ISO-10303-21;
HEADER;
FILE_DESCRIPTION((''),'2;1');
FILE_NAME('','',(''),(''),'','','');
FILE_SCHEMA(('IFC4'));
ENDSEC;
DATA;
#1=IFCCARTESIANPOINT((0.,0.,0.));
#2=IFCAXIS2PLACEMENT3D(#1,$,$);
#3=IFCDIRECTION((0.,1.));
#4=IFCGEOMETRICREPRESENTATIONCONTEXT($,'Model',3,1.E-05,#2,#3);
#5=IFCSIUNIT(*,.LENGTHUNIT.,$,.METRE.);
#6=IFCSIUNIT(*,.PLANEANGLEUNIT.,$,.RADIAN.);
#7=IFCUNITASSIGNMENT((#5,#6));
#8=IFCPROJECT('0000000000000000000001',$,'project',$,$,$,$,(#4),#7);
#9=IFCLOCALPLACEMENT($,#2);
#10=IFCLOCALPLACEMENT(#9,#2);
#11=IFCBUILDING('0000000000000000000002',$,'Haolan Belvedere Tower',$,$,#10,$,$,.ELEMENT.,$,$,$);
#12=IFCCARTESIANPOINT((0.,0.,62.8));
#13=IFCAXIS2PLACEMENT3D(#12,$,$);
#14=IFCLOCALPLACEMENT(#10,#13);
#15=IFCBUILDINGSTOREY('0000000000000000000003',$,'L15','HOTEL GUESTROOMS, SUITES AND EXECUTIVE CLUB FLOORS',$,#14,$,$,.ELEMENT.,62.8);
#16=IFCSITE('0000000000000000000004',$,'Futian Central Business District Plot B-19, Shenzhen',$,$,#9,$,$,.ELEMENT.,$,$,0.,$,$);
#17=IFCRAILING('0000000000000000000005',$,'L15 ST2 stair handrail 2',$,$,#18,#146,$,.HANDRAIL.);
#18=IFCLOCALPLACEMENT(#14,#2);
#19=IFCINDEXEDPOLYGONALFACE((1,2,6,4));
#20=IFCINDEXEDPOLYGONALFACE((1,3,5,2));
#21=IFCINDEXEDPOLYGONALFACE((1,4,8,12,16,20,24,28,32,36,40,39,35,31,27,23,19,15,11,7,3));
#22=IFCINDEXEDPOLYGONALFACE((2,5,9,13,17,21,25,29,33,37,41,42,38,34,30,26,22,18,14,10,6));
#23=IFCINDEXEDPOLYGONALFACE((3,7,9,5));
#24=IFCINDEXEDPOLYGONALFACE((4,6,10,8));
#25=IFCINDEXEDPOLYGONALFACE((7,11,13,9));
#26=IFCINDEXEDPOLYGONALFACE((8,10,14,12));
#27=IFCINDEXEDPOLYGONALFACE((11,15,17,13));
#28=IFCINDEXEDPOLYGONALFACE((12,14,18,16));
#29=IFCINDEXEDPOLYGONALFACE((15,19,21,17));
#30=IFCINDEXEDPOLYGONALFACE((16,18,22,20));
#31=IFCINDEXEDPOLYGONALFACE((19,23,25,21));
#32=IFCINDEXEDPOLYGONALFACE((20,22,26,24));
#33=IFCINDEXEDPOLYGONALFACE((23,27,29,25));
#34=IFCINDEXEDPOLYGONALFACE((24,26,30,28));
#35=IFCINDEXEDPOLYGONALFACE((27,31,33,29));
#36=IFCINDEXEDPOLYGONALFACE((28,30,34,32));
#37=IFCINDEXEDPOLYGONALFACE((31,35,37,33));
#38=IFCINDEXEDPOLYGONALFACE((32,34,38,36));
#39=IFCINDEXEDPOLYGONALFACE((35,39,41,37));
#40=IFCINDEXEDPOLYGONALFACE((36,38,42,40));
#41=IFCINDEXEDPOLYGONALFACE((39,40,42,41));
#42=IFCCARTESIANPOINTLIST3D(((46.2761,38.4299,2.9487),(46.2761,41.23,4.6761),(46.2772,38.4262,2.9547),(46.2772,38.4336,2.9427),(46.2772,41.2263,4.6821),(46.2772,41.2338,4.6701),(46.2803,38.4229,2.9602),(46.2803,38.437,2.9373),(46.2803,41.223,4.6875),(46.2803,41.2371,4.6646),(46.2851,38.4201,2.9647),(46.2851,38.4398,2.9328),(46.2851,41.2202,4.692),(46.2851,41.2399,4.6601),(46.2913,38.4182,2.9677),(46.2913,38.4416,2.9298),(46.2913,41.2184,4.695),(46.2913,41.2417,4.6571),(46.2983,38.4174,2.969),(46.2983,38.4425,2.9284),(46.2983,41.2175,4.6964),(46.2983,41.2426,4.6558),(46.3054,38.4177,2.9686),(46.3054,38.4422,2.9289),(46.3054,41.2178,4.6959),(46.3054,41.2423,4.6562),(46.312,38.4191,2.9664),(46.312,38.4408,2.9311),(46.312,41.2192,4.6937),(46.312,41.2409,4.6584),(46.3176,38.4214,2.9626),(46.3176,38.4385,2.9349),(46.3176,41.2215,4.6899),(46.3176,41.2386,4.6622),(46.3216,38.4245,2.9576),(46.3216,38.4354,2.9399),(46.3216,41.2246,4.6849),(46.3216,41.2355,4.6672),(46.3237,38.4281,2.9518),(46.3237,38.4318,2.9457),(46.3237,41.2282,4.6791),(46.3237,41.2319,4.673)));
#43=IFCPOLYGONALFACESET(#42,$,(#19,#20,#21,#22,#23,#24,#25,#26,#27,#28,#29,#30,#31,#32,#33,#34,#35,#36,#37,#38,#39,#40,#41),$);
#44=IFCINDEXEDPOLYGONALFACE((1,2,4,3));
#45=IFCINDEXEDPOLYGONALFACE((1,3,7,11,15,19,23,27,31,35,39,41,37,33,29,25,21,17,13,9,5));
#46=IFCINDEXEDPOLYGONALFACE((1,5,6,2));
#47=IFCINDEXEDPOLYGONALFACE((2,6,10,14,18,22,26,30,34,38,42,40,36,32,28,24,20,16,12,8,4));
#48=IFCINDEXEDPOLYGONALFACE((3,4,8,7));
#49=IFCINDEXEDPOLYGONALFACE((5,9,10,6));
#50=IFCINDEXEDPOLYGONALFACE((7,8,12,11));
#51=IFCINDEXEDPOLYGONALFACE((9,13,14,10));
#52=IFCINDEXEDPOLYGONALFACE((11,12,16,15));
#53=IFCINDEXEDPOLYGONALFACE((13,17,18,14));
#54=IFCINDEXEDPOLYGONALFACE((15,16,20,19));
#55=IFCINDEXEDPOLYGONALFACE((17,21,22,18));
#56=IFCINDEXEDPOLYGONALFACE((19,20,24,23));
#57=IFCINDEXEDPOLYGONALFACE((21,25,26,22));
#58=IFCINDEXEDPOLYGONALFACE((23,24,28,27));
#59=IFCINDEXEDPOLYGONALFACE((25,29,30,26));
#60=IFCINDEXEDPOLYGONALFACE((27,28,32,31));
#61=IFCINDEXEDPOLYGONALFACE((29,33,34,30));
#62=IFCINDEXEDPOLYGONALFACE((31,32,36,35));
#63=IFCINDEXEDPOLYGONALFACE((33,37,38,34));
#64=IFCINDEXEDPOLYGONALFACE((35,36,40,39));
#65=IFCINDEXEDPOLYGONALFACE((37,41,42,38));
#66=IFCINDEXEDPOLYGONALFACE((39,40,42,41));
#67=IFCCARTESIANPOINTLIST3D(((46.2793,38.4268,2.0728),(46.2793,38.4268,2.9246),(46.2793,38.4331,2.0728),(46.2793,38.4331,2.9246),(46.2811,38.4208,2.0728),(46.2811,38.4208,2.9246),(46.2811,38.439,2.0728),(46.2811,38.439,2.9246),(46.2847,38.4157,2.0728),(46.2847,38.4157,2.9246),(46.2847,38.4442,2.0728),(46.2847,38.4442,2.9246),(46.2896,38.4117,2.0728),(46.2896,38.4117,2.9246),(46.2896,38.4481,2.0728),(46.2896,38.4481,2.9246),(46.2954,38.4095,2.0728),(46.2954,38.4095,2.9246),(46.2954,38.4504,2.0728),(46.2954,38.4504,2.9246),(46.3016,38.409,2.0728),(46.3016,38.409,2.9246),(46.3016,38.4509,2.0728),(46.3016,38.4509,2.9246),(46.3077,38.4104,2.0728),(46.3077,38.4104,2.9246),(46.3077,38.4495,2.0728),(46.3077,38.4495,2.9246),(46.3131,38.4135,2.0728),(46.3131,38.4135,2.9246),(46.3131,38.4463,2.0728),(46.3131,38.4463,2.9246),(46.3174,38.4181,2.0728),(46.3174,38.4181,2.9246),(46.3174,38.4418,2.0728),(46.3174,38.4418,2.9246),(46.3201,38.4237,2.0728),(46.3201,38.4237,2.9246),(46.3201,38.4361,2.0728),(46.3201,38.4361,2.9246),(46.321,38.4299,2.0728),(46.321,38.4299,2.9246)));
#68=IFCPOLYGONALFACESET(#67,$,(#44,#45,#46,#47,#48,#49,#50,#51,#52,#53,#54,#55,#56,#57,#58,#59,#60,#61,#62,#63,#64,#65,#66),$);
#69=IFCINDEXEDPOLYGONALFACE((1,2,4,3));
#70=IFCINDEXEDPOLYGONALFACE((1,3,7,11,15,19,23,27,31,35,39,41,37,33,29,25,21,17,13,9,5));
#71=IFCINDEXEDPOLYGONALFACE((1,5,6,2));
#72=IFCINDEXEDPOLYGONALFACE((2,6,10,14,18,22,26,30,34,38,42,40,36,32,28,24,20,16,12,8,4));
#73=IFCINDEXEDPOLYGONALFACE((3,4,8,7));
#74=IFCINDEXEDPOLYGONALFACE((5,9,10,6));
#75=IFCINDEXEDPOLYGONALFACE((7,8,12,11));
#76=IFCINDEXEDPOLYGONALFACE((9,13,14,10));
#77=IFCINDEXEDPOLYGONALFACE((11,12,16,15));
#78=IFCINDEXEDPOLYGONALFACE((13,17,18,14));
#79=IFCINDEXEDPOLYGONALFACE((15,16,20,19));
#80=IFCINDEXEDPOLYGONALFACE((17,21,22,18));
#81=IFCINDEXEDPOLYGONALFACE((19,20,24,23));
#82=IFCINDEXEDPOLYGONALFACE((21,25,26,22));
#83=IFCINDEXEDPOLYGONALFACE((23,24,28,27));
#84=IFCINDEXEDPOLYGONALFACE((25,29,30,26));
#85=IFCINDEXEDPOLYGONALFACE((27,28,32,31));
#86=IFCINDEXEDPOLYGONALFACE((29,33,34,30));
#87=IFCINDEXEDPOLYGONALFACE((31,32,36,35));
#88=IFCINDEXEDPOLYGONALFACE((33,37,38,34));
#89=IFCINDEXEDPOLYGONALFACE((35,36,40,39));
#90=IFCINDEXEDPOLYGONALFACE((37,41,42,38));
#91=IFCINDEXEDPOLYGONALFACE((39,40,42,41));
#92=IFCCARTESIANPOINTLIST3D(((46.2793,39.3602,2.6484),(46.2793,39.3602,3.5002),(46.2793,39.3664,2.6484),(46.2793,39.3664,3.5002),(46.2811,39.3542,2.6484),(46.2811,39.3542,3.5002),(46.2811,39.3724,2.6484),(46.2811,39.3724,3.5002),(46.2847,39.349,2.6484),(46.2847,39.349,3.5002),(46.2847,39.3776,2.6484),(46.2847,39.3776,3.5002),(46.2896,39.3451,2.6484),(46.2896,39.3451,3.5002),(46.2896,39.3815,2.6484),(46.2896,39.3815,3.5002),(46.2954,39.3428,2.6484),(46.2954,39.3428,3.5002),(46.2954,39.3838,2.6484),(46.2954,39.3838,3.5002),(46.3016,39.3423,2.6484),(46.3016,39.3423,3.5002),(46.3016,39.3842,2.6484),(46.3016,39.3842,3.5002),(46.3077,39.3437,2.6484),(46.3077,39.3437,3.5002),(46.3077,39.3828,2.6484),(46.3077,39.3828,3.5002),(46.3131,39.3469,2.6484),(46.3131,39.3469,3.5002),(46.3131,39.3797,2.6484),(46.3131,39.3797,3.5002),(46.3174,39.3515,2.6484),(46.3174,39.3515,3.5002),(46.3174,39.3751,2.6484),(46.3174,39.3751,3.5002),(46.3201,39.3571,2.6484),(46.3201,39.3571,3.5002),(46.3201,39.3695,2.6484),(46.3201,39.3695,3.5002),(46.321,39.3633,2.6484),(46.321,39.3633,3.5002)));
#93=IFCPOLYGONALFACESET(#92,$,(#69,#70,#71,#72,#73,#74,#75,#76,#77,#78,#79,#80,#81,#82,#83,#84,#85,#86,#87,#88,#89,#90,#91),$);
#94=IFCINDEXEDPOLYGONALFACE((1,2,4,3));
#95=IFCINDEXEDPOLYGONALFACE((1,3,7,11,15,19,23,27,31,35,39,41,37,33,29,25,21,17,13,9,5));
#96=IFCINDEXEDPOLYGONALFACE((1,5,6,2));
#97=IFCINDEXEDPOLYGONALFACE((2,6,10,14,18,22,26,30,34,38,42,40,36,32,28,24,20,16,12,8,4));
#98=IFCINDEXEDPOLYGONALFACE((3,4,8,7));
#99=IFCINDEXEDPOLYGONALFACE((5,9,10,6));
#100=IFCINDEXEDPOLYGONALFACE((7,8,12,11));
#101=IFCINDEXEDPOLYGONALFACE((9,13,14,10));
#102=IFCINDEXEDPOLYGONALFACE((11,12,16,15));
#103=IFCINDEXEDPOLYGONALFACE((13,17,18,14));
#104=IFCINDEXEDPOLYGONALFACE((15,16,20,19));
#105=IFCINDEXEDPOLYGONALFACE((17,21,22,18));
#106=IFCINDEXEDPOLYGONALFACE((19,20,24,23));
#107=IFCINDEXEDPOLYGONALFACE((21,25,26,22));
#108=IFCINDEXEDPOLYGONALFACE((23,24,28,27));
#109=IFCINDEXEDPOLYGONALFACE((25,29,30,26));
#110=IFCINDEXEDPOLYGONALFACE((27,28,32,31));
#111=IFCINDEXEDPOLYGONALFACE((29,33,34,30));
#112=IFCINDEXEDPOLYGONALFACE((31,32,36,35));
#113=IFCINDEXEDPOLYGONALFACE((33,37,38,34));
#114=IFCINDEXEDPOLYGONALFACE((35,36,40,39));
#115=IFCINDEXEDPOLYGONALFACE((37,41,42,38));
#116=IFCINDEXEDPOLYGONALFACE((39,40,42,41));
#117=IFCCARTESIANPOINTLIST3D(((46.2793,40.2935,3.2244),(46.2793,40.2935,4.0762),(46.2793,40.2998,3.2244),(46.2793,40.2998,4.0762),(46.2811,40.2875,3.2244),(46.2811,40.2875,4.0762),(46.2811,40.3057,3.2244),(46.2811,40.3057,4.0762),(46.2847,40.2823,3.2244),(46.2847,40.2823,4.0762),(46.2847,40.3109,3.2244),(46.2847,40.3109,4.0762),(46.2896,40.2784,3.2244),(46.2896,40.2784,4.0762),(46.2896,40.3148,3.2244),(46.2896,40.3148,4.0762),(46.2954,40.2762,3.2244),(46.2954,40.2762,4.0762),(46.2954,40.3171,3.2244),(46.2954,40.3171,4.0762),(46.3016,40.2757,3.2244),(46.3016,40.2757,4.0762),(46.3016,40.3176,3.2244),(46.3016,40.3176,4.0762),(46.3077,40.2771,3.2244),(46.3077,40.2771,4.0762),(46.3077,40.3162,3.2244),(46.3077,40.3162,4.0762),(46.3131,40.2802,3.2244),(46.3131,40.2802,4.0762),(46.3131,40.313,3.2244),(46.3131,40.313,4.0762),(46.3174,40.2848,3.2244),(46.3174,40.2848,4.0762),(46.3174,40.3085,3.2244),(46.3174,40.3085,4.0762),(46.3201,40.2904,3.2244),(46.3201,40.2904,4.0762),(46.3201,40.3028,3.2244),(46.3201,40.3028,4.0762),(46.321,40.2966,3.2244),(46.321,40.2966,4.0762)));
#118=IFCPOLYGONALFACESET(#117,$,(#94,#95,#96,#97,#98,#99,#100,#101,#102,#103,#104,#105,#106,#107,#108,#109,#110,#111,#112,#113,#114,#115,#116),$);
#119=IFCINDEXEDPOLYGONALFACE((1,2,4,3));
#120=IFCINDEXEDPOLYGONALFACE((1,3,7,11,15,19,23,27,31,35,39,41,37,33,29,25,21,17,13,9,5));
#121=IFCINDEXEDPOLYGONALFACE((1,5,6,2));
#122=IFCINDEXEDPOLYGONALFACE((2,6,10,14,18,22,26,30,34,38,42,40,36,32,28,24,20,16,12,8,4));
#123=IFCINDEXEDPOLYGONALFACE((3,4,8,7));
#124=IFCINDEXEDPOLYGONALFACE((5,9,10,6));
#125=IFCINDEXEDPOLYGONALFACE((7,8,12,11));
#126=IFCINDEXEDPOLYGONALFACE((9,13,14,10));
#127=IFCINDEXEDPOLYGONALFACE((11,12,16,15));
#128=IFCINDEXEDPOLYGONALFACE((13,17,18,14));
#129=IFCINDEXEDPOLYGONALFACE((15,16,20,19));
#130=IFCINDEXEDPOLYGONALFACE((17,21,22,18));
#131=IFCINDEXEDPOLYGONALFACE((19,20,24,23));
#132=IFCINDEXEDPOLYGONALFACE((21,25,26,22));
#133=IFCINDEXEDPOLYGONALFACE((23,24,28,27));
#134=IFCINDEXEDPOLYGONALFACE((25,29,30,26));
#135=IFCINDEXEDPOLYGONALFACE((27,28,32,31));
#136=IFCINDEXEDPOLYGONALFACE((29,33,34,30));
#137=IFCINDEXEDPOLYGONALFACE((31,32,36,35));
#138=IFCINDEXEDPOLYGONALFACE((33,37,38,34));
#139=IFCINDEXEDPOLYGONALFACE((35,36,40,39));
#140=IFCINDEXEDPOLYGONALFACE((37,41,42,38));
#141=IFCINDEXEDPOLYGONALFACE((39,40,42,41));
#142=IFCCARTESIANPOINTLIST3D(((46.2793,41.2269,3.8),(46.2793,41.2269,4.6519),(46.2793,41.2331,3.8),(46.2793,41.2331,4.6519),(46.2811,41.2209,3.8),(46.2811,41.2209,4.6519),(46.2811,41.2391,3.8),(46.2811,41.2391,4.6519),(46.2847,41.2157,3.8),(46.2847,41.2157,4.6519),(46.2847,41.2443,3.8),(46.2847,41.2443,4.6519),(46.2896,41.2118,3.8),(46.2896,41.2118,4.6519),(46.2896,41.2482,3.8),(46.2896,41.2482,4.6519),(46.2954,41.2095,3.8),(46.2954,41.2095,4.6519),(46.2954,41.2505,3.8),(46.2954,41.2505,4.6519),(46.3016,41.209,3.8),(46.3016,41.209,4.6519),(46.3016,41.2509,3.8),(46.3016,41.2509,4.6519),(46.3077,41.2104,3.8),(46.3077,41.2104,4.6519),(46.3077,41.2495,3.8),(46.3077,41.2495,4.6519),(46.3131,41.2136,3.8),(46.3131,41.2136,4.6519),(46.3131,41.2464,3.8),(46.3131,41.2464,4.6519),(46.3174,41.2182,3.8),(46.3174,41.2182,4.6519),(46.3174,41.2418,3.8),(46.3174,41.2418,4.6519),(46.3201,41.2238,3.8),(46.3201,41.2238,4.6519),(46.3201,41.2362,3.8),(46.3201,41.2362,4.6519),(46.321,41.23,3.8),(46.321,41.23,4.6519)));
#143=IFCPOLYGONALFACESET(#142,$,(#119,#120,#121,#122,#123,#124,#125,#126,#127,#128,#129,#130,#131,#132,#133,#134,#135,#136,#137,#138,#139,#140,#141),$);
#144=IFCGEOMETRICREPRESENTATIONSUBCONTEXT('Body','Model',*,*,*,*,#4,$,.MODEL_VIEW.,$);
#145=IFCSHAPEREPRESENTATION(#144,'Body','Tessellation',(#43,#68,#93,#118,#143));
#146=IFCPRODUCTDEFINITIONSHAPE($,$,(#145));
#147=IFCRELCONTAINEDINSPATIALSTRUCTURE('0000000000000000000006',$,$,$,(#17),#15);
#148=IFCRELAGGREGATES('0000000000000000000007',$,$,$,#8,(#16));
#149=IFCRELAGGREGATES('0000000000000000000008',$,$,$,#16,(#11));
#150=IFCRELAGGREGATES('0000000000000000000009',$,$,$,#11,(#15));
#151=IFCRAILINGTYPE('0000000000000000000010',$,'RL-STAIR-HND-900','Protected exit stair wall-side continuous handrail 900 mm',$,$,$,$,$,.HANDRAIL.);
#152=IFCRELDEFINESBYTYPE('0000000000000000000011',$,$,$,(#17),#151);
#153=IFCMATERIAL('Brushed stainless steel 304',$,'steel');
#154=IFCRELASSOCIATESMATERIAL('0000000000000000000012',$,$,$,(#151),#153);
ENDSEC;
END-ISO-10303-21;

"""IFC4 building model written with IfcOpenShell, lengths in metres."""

from ifc_helpers import new_model, si_unit, direction, frame, origin, origin_2d, place, context, subcontext, project, spatial, circle, extrude, material, type_object, element, save


model = new_model("IFC4")

# Units and contexts
model_context = context("Model", 3, precision=1e-05, world=origin(), true_north=direction((0.0, 1.0)))
body_context = subcontext(model_context, "Body", "Model", "MODEL_VIEW")
ifc_project = project(units=[si_unit("LENGTHUNIT", "METRE"), si_unit("PLANEANGLEUNIT", "RADIAN")], contexts=[model_context])

# Site, building, storey
site_placement = place(None, origin())
site = spatial("IfcSite", under=ifc_project, at=site_placement, Name="Futian Central Business District Plot B-19, Shenzhen", CompositionType="ELEMENT", RefElevation=0.0)
building_placement = place(site_placement, origin())
building = spatial("IfcBuilding", under=site, at=building_placement, Name="Haolan Belvedere Tower", CompositionType="ELEMENT")
storey_placement = place(building_placement, frame((0.0, 0.0, 62.8)))
storey = spatial("IfcBuildingStorey", under=building, at=storey_placement, Name="L15", Description="HOTEL GUESTROOMS, SUITES AND EXECUTIVE CLUB FLOORS", CompositionType="ELEMENT", Elevation=62.8)

# Railing
ifc_material_1 = material(Name="Brushed stainless steel 304", Category="steel")
railing_type_1 = type_object("IfcRailingType", Name="RL-STAIR-HND-900", Description="Protected exit stair wall-side continuous handrail 900 mm", PredefinedType="HANDRAIL", material=ifc_material_1)
railing_1_placement = place(storey_placement, frame((46.3, 38.4299, 2.0728)))
element("IfcRailing", 1, at=railing_1_placement, inside=storey, type_object=railing_type_1, Name="L15 ST2 stair handrail 2", PredefinedType="HANDRAIL", context=body_context, shape_type="SweptSolid", body=[
    extrude(circle(Radius=0.0239, at=origin_2d()), frame((0.0, 0.0, 0.876), z_axis=(0.0, 0.85109, 0.52502), x_axis=(-1.0, 0.0, 0.0)), (0.0, 0.0, 1.0), 3.29),
    extrude(circle(Radius=0.021, at=origin_2d()), origin(), (0.0, 0.0, 1.0), 0.8518),
    extrude(circle(Radius=0.021, at=origin_2d()), frame((0.0, 0.9333, 0.5757)), (0.0, 0.0, 1.0), 0.8518),
    extrude(circle(Radius=0.021, at=origin_2d()), frame((0.0, 1.8667, 1.1516)), (0.0, 0.0, 1.0), 0.8518),
    extrude(circle(Radius=0.021, at=origin_2d()), frame((0.0, 2.8, 1.7273)), (0.0, 0.0, 1.0), 0.8518),
])

save(model, "model.ifc")
